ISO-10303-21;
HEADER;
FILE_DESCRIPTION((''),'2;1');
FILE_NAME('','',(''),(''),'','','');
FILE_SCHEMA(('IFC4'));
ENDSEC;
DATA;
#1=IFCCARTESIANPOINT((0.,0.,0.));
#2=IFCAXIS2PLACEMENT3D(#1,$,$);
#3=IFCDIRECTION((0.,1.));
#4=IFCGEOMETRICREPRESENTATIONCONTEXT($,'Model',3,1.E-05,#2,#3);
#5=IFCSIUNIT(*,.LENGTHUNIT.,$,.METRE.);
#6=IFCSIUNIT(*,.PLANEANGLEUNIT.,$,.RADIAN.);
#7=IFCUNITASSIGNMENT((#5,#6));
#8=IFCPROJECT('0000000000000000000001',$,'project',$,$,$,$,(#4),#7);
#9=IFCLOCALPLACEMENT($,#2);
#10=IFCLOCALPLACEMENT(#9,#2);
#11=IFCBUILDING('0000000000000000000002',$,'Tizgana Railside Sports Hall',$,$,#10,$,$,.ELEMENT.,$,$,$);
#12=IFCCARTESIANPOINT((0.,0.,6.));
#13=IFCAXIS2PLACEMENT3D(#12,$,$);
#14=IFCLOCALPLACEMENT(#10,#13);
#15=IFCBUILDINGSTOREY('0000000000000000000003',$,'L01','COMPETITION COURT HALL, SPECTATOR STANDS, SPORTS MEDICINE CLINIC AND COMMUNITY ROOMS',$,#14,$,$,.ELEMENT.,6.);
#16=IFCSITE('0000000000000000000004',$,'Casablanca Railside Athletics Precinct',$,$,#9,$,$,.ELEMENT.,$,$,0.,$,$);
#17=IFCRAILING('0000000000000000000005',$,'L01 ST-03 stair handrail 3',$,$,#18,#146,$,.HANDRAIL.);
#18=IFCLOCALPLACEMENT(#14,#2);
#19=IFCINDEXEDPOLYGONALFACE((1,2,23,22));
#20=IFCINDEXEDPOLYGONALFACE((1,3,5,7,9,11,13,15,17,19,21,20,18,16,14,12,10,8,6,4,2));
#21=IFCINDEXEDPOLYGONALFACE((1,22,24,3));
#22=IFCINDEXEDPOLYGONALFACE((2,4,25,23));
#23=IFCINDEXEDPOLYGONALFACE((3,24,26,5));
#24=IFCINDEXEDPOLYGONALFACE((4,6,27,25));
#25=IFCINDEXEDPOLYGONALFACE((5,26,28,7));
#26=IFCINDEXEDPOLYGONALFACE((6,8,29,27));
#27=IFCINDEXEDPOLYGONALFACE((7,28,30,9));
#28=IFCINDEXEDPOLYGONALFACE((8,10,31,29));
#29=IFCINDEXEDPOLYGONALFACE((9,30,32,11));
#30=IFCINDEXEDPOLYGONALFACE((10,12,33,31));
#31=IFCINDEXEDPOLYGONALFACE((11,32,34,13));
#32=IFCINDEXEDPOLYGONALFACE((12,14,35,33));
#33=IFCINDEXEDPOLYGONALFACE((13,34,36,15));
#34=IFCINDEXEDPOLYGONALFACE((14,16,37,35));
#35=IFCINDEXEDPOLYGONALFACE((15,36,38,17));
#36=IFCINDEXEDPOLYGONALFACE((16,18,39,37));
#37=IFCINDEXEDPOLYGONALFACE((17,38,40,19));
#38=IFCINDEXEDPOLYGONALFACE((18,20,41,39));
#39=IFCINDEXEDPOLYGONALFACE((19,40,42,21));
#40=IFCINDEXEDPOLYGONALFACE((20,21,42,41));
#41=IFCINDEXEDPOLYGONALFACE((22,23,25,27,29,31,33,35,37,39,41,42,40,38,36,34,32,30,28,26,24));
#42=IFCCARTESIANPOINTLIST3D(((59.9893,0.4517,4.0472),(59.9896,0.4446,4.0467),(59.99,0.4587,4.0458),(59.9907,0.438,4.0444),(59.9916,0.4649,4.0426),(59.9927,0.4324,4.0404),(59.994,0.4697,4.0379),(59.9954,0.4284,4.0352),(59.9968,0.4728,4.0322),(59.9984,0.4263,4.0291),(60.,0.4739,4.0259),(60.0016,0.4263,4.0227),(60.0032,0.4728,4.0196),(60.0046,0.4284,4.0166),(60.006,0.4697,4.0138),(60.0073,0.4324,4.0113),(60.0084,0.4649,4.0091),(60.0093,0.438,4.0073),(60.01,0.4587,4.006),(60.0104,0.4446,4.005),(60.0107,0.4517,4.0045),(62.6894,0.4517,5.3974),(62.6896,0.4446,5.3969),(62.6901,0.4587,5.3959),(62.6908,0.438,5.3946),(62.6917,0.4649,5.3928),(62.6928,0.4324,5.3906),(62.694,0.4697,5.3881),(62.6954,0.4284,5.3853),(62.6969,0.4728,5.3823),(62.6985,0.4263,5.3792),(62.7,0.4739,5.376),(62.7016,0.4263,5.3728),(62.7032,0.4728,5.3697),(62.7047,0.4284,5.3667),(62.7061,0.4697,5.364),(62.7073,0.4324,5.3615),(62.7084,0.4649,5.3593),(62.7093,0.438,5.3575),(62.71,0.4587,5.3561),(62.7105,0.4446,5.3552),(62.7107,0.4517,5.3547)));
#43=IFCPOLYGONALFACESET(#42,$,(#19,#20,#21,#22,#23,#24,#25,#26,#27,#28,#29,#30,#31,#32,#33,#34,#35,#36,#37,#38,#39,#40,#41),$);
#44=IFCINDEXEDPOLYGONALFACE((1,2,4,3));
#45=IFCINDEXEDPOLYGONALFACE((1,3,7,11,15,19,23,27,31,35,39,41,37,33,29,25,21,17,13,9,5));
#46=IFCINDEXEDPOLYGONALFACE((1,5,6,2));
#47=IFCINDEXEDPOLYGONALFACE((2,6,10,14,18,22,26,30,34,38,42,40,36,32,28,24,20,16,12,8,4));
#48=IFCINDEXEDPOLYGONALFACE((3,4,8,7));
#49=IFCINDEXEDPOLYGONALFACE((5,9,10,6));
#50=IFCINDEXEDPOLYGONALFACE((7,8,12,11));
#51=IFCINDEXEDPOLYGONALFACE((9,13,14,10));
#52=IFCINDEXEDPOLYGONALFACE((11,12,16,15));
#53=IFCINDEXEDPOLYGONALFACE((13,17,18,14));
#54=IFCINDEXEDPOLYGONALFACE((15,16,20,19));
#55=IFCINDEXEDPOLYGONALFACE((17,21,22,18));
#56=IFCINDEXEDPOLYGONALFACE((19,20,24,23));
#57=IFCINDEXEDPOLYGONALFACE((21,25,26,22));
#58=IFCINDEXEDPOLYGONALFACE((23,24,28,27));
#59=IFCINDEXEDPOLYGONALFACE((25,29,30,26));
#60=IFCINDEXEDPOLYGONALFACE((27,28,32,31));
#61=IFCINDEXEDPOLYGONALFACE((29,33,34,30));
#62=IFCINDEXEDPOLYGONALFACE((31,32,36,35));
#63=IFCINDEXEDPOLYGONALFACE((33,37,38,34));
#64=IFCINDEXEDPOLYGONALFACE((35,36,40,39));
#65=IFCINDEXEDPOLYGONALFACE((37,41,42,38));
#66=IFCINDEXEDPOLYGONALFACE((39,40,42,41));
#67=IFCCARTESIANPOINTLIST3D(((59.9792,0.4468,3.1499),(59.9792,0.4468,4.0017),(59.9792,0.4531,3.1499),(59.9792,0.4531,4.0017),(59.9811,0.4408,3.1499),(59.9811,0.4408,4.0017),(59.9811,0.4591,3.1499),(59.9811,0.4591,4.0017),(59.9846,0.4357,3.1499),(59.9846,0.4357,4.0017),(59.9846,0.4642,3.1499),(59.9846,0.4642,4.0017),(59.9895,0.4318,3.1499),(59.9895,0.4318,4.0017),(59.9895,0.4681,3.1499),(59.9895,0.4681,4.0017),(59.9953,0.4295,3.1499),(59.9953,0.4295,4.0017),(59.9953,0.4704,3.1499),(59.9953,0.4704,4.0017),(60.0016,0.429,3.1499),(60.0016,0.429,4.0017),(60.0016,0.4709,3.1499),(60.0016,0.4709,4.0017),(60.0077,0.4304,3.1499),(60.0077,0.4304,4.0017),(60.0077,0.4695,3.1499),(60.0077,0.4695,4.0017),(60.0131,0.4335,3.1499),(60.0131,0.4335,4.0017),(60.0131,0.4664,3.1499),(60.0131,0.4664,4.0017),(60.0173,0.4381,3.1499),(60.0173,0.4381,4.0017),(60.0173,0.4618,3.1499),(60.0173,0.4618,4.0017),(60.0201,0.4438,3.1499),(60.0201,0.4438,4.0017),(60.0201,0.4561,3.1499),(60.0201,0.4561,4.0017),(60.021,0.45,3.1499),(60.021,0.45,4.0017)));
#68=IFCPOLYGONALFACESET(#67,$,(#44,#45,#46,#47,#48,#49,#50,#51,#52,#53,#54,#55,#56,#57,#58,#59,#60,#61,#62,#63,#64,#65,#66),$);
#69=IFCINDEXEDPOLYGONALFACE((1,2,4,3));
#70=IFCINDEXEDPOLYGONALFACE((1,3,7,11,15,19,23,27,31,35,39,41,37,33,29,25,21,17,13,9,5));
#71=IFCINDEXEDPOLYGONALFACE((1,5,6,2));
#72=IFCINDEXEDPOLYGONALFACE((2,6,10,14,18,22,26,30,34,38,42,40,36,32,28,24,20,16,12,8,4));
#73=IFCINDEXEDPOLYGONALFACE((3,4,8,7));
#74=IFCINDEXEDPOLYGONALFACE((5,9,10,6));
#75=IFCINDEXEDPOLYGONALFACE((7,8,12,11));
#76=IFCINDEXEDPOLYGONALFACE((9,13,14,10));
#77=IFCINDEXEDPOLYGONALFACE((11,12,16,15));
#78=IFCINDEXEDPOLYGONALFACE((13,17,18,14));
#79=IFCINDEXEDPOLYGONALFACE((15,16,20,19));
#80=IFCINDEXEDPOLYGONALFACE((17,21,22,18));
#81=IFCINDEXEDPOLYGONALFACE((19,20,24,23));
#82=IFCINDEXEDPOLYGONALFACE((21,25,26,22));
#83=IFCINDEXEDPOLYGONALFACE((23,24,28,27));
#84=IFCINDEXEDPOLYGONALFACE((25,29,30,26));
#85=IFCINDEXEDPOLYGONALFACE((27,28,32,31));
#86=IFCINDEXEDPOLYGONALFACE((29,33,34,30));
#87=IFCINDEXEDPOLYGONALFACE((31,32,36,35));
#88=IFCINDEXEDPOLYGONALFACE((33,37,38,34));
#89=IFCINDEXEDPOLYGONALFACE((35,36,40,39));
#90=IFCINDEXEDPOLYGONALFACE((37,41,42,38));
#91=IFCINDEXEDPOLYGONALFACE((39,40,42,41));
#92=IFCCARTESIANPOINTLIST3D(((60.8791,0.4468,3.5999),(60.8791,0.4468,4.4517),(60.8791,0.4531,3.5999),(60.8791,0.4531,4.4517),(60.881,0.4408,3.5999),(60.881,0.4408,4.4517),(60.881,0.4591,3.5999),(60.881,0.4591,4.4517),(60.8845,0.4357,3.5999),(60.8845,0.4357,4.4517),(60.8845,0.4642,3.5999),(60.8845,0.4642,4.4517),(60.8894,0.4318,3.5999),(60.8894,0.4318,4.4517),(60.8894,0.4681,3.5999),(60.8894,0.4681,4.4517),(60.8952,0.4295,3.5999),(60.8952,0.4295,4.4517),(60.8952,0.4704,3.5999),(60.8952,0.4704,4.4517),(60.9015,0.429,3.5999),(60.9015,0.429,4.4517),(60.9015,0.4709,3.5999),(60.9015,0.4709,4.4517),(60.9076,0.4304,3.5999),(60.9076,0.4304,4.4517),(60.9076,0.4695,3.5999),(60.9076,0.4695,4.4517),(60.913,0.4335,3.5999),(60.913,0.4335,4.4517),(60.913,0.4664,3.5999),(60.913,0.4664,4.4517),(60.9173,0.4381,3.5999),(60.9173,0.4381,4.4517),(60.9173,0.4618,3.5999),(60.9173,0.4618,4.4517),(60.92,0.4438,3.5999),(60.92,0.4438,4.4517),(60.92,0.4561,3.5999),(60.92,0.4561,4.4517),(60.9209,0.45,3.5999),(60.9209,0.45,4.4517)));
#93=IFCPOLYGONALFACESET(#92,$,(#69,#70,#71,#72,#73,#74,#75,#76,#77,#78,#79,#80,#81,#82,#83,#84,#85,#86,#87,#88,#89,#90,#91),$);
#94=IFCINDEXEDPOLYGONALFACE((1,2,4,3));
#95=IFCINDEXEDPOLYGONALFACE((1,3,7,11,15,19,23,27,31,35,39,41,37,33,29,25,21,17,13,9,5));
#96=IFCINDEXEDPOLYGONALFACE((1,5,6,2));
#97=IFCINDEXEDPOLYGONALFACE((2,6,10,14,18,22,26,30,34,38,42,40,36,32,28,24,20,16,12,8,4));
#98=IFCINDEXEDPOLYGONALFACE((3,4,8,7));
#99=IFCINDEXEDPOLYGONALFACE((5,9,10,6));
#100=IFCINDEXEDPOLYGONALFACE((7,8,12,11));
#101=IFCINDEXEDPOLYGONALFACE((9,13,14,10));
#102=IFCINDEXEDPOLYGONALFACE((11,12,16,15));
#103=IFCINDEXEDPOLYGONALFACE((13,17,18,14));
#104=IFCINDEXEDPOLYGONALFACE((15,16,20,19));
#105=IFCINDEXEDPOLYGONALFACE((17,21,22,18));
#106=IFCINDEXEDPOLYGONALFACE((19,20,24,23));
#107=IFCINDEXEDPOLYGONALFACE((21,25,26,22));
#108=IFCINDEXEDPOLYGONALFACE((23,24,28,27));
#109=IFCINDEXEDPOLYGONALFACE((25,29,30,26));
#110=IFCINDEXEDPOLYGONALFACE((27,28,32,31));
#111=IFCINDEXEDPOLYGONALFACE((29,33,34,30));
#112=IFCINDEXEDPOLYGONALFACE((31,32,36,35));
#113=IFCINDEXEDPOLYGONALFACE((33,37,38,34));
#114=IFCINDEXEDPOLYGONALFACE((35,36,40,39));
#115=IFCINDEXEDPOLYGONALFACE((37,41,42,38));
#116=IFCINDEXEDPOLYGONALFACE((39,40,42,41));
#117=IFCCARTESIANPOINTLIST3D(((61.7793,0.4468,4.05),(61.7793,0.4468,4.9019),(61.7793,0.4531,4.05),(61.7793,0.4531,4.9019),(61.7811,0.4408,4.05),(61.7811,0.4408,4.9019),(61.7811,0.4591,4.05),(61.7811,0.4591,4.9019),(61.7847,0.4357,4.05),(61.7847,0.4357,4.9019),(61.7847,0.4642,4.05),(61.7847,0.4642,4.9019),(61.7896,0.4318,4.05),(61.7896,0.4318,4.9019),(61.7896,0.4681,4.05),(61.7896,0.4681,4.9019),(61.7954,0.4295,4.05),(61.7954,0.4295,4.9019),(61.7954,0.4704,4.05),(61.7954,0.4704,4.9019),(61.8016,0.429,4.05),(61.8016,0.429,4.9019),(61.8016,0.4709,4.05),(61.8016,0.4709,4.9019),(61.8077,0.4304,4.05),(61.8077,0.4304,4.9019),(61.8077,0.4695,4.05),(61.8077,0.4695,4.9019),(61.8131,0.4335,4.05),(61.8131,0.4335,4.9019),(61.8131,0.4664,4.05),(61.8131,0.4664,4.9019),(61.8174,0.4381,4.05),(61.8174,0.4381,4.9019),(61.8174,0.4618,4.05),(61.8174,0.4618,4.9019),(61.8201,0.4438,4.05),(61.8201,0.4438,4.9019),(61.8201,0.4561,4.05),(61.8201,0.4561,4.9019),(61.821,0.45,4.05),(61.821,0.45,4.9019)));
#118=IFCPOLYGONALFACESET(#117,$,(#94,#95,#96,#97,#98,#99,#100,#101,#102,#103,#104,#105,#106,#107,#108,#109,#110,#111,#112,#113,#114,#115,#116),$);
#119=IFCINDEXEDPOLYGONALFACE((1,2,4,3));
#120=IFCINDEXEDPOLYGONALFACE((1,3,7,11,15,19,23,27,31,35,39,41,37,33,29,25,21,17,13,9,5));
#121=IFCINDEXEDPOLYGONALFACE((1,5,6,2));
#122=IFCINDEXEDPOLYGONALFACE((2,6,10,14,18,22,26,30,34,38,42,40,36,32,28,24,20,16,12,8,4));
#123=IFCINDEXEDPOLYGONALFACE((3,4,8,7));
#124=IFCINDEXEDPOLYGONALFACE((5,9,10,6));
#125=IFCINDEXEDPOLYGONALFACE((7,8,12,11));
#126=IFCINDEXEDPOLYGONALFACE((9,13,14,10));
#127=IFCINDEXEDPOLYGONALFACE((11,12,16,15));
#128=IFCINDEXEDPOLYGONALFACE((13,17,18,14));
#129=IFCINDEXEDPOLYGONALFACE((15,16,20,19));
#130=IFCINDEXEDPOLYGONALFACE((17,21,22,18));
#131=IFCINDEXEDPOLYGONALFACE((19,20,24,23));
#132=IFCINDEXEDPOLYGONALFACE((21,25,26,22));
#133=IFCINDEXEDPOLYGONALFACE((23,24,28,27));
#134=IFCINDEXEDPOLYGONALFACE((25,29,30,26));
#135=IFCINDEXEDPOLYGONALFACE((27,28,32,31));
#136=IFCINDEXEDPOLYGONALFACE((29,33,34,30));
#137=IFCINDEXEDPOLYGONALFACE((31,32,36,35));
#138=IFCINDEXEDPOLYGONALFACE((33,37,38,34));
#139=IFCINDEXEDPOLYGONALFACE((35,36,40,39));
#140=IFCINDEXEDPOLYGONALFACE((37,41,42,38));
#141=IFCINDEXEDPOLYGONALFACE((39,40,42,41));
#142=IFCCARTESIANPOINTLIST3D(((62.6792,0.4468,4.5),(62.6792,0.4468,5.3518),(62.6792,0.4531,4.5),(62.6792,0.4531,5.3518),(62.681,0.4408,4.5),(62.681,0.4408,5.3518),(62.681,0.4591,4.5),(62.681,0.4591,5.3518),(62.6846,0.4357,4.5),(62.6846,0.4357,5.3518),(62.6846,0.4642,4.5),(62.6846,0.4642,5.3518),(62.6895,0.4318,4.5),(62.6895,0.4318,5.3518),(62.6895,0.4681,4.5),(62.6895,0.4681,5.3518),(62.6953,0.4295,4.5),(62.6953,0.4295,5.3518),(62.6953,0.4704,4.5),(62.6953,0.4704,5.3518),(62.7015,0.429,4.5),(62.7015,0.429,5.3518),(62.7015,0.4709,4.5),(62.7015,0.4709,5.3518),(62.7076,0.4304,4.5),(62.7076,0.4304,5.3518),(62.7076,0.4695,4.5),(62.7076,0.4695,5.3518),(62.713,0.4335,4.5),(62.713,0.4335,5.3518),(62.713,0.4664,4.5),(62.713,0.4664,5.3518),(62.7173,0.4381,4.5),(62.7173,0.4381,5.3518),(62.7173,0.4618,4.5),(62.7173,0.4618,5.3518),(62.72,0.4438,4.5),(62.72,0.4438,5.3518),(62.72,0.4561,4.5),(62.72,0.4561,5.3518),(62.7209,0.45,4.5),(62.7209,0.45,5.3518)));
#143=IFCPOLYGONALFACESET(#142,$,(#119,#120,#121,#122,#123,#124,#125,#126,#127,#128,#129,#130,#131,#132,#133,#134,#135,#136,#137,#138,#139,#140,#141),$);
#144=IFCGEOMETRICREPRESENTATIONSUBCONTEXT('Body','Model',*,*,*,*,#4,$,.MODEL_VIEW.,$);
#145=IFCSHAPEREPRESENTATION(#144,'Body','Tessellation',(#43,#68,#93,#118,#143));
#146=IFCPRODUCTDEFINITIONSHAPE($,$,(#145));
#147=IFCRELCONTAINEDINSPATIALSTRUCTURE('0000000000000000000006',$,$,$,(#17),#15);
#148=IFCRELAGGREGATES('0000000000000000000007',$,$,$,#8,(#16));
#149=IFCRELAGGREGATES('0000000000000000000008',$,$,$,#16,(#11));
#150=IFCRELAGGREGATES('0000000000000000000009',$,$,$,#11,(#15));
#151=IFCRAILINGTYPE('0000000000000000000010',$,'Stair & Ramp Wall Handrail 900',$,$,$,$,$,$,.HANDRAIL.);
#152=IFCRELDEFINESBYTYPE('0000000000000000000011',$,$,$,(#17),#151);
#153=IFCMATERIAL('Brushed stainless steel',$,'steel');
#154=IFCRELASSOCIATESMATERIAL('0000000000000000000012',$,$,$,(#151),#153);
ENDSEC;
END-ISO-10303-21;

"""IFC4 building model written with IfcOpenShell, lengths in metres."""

from ifc_helpers import new_model, si_unit, direction, frame, origin, origin_2d, place, context, subcontext, project, spatial, circle, extrude, material, type_object, element, save


model = new_model("IFC4")

# Units and contexts
model_context = context("Model", 3, precision=1e-05, world=origin(), true_north=direction((0.0, 1.0)))
body_context = subcontext(model_context, "Body", "Model", "MODEL_VIEW")
ifc_project = project(units=[si_unit("LENGTHUNIT", "METRE"), si_unit("PLANEANGLEUNIT", "RADIAN")], contexts=[model_context])

# Site, building, storey
site_placement = place(None, origin())
site = spatial("IfcSite", under=ifc_project, at=site_placement, Name="Casablanca Railside Athletics Precinct", CompositionType="ELEMENT", RefElevation=0.0)
building_placement = place(site_placement, origin())
building = spatial("IfcBuilding", under=site, at=building_placement, Name="Tizgana Railside Sports Hall", CompositionType="ELEMENT")
storey_placement = place(building_placement, frame((0.0, 0.0, 6.0)))
storey = spatial("IfcBuildingStorey", under=building, at=storey_placement, Name="L01", Description="COMPETITION COURT HALL, SPECTATOR STANDS, SPORTS MEDICINE CLINIC AND COMMUNITY ROOMS", CompositionType="ELEMENT", Elevation=6.0)

# Shared definitions
ifc_material_1 = material(Name="Brushed stainless steel", Category="steel")

# Railing
railing_type_1 = type_object("IfcRailingType", Name="Stair & Ramp Wall Handrail 900", PredefinedType="HANDRAIL", material=ifc_material_1)
railing_1_placement = place(storey_placement, frame((60.0, 0.45, 3.1499)))
element("IfcRailing", 1, at=railing_1_placement, inside=storey, type_object=railing_type_1, Name="L01 ST-03 stair handrail 3", PredefinedType="HANDRAIL", context=body_context, shape_type="SweptSolid", body=[
    extrude(circle(Radius=0.0239, at=origin_2d()), frame((0.0, 0.0, 0.876), z_axis=(0.894411, 0.0, 0.447246), x_axis=(0.0, 1.0, 0.0)), (0.0, 0.0, 1.0), 3.0188),
    extrude(circle(Radius=0.021, at=origin_2d()), origin(), (0.0, 0.0, 1.0), 0.8518),
    extrude(circle(Radius=0.021, at=origin_2d()), frame((0.8999, 0.0, 0.45)), (0.0, 0.0, 1.0), 0.8518),
    extrude(circle(Radius=0.021, at=origin_2d()), frame((1.8, 0.0, 0.9001)), (0.0, 0.0, 1.0), 0.8518),
    extrude(circle(Radius=0.021, at=origin_2d()), frame((2.7, 0.0, 1.3501)), (0.0, 0.0, 1.0), 0.8518),
])

save(model, "model.ifc")
